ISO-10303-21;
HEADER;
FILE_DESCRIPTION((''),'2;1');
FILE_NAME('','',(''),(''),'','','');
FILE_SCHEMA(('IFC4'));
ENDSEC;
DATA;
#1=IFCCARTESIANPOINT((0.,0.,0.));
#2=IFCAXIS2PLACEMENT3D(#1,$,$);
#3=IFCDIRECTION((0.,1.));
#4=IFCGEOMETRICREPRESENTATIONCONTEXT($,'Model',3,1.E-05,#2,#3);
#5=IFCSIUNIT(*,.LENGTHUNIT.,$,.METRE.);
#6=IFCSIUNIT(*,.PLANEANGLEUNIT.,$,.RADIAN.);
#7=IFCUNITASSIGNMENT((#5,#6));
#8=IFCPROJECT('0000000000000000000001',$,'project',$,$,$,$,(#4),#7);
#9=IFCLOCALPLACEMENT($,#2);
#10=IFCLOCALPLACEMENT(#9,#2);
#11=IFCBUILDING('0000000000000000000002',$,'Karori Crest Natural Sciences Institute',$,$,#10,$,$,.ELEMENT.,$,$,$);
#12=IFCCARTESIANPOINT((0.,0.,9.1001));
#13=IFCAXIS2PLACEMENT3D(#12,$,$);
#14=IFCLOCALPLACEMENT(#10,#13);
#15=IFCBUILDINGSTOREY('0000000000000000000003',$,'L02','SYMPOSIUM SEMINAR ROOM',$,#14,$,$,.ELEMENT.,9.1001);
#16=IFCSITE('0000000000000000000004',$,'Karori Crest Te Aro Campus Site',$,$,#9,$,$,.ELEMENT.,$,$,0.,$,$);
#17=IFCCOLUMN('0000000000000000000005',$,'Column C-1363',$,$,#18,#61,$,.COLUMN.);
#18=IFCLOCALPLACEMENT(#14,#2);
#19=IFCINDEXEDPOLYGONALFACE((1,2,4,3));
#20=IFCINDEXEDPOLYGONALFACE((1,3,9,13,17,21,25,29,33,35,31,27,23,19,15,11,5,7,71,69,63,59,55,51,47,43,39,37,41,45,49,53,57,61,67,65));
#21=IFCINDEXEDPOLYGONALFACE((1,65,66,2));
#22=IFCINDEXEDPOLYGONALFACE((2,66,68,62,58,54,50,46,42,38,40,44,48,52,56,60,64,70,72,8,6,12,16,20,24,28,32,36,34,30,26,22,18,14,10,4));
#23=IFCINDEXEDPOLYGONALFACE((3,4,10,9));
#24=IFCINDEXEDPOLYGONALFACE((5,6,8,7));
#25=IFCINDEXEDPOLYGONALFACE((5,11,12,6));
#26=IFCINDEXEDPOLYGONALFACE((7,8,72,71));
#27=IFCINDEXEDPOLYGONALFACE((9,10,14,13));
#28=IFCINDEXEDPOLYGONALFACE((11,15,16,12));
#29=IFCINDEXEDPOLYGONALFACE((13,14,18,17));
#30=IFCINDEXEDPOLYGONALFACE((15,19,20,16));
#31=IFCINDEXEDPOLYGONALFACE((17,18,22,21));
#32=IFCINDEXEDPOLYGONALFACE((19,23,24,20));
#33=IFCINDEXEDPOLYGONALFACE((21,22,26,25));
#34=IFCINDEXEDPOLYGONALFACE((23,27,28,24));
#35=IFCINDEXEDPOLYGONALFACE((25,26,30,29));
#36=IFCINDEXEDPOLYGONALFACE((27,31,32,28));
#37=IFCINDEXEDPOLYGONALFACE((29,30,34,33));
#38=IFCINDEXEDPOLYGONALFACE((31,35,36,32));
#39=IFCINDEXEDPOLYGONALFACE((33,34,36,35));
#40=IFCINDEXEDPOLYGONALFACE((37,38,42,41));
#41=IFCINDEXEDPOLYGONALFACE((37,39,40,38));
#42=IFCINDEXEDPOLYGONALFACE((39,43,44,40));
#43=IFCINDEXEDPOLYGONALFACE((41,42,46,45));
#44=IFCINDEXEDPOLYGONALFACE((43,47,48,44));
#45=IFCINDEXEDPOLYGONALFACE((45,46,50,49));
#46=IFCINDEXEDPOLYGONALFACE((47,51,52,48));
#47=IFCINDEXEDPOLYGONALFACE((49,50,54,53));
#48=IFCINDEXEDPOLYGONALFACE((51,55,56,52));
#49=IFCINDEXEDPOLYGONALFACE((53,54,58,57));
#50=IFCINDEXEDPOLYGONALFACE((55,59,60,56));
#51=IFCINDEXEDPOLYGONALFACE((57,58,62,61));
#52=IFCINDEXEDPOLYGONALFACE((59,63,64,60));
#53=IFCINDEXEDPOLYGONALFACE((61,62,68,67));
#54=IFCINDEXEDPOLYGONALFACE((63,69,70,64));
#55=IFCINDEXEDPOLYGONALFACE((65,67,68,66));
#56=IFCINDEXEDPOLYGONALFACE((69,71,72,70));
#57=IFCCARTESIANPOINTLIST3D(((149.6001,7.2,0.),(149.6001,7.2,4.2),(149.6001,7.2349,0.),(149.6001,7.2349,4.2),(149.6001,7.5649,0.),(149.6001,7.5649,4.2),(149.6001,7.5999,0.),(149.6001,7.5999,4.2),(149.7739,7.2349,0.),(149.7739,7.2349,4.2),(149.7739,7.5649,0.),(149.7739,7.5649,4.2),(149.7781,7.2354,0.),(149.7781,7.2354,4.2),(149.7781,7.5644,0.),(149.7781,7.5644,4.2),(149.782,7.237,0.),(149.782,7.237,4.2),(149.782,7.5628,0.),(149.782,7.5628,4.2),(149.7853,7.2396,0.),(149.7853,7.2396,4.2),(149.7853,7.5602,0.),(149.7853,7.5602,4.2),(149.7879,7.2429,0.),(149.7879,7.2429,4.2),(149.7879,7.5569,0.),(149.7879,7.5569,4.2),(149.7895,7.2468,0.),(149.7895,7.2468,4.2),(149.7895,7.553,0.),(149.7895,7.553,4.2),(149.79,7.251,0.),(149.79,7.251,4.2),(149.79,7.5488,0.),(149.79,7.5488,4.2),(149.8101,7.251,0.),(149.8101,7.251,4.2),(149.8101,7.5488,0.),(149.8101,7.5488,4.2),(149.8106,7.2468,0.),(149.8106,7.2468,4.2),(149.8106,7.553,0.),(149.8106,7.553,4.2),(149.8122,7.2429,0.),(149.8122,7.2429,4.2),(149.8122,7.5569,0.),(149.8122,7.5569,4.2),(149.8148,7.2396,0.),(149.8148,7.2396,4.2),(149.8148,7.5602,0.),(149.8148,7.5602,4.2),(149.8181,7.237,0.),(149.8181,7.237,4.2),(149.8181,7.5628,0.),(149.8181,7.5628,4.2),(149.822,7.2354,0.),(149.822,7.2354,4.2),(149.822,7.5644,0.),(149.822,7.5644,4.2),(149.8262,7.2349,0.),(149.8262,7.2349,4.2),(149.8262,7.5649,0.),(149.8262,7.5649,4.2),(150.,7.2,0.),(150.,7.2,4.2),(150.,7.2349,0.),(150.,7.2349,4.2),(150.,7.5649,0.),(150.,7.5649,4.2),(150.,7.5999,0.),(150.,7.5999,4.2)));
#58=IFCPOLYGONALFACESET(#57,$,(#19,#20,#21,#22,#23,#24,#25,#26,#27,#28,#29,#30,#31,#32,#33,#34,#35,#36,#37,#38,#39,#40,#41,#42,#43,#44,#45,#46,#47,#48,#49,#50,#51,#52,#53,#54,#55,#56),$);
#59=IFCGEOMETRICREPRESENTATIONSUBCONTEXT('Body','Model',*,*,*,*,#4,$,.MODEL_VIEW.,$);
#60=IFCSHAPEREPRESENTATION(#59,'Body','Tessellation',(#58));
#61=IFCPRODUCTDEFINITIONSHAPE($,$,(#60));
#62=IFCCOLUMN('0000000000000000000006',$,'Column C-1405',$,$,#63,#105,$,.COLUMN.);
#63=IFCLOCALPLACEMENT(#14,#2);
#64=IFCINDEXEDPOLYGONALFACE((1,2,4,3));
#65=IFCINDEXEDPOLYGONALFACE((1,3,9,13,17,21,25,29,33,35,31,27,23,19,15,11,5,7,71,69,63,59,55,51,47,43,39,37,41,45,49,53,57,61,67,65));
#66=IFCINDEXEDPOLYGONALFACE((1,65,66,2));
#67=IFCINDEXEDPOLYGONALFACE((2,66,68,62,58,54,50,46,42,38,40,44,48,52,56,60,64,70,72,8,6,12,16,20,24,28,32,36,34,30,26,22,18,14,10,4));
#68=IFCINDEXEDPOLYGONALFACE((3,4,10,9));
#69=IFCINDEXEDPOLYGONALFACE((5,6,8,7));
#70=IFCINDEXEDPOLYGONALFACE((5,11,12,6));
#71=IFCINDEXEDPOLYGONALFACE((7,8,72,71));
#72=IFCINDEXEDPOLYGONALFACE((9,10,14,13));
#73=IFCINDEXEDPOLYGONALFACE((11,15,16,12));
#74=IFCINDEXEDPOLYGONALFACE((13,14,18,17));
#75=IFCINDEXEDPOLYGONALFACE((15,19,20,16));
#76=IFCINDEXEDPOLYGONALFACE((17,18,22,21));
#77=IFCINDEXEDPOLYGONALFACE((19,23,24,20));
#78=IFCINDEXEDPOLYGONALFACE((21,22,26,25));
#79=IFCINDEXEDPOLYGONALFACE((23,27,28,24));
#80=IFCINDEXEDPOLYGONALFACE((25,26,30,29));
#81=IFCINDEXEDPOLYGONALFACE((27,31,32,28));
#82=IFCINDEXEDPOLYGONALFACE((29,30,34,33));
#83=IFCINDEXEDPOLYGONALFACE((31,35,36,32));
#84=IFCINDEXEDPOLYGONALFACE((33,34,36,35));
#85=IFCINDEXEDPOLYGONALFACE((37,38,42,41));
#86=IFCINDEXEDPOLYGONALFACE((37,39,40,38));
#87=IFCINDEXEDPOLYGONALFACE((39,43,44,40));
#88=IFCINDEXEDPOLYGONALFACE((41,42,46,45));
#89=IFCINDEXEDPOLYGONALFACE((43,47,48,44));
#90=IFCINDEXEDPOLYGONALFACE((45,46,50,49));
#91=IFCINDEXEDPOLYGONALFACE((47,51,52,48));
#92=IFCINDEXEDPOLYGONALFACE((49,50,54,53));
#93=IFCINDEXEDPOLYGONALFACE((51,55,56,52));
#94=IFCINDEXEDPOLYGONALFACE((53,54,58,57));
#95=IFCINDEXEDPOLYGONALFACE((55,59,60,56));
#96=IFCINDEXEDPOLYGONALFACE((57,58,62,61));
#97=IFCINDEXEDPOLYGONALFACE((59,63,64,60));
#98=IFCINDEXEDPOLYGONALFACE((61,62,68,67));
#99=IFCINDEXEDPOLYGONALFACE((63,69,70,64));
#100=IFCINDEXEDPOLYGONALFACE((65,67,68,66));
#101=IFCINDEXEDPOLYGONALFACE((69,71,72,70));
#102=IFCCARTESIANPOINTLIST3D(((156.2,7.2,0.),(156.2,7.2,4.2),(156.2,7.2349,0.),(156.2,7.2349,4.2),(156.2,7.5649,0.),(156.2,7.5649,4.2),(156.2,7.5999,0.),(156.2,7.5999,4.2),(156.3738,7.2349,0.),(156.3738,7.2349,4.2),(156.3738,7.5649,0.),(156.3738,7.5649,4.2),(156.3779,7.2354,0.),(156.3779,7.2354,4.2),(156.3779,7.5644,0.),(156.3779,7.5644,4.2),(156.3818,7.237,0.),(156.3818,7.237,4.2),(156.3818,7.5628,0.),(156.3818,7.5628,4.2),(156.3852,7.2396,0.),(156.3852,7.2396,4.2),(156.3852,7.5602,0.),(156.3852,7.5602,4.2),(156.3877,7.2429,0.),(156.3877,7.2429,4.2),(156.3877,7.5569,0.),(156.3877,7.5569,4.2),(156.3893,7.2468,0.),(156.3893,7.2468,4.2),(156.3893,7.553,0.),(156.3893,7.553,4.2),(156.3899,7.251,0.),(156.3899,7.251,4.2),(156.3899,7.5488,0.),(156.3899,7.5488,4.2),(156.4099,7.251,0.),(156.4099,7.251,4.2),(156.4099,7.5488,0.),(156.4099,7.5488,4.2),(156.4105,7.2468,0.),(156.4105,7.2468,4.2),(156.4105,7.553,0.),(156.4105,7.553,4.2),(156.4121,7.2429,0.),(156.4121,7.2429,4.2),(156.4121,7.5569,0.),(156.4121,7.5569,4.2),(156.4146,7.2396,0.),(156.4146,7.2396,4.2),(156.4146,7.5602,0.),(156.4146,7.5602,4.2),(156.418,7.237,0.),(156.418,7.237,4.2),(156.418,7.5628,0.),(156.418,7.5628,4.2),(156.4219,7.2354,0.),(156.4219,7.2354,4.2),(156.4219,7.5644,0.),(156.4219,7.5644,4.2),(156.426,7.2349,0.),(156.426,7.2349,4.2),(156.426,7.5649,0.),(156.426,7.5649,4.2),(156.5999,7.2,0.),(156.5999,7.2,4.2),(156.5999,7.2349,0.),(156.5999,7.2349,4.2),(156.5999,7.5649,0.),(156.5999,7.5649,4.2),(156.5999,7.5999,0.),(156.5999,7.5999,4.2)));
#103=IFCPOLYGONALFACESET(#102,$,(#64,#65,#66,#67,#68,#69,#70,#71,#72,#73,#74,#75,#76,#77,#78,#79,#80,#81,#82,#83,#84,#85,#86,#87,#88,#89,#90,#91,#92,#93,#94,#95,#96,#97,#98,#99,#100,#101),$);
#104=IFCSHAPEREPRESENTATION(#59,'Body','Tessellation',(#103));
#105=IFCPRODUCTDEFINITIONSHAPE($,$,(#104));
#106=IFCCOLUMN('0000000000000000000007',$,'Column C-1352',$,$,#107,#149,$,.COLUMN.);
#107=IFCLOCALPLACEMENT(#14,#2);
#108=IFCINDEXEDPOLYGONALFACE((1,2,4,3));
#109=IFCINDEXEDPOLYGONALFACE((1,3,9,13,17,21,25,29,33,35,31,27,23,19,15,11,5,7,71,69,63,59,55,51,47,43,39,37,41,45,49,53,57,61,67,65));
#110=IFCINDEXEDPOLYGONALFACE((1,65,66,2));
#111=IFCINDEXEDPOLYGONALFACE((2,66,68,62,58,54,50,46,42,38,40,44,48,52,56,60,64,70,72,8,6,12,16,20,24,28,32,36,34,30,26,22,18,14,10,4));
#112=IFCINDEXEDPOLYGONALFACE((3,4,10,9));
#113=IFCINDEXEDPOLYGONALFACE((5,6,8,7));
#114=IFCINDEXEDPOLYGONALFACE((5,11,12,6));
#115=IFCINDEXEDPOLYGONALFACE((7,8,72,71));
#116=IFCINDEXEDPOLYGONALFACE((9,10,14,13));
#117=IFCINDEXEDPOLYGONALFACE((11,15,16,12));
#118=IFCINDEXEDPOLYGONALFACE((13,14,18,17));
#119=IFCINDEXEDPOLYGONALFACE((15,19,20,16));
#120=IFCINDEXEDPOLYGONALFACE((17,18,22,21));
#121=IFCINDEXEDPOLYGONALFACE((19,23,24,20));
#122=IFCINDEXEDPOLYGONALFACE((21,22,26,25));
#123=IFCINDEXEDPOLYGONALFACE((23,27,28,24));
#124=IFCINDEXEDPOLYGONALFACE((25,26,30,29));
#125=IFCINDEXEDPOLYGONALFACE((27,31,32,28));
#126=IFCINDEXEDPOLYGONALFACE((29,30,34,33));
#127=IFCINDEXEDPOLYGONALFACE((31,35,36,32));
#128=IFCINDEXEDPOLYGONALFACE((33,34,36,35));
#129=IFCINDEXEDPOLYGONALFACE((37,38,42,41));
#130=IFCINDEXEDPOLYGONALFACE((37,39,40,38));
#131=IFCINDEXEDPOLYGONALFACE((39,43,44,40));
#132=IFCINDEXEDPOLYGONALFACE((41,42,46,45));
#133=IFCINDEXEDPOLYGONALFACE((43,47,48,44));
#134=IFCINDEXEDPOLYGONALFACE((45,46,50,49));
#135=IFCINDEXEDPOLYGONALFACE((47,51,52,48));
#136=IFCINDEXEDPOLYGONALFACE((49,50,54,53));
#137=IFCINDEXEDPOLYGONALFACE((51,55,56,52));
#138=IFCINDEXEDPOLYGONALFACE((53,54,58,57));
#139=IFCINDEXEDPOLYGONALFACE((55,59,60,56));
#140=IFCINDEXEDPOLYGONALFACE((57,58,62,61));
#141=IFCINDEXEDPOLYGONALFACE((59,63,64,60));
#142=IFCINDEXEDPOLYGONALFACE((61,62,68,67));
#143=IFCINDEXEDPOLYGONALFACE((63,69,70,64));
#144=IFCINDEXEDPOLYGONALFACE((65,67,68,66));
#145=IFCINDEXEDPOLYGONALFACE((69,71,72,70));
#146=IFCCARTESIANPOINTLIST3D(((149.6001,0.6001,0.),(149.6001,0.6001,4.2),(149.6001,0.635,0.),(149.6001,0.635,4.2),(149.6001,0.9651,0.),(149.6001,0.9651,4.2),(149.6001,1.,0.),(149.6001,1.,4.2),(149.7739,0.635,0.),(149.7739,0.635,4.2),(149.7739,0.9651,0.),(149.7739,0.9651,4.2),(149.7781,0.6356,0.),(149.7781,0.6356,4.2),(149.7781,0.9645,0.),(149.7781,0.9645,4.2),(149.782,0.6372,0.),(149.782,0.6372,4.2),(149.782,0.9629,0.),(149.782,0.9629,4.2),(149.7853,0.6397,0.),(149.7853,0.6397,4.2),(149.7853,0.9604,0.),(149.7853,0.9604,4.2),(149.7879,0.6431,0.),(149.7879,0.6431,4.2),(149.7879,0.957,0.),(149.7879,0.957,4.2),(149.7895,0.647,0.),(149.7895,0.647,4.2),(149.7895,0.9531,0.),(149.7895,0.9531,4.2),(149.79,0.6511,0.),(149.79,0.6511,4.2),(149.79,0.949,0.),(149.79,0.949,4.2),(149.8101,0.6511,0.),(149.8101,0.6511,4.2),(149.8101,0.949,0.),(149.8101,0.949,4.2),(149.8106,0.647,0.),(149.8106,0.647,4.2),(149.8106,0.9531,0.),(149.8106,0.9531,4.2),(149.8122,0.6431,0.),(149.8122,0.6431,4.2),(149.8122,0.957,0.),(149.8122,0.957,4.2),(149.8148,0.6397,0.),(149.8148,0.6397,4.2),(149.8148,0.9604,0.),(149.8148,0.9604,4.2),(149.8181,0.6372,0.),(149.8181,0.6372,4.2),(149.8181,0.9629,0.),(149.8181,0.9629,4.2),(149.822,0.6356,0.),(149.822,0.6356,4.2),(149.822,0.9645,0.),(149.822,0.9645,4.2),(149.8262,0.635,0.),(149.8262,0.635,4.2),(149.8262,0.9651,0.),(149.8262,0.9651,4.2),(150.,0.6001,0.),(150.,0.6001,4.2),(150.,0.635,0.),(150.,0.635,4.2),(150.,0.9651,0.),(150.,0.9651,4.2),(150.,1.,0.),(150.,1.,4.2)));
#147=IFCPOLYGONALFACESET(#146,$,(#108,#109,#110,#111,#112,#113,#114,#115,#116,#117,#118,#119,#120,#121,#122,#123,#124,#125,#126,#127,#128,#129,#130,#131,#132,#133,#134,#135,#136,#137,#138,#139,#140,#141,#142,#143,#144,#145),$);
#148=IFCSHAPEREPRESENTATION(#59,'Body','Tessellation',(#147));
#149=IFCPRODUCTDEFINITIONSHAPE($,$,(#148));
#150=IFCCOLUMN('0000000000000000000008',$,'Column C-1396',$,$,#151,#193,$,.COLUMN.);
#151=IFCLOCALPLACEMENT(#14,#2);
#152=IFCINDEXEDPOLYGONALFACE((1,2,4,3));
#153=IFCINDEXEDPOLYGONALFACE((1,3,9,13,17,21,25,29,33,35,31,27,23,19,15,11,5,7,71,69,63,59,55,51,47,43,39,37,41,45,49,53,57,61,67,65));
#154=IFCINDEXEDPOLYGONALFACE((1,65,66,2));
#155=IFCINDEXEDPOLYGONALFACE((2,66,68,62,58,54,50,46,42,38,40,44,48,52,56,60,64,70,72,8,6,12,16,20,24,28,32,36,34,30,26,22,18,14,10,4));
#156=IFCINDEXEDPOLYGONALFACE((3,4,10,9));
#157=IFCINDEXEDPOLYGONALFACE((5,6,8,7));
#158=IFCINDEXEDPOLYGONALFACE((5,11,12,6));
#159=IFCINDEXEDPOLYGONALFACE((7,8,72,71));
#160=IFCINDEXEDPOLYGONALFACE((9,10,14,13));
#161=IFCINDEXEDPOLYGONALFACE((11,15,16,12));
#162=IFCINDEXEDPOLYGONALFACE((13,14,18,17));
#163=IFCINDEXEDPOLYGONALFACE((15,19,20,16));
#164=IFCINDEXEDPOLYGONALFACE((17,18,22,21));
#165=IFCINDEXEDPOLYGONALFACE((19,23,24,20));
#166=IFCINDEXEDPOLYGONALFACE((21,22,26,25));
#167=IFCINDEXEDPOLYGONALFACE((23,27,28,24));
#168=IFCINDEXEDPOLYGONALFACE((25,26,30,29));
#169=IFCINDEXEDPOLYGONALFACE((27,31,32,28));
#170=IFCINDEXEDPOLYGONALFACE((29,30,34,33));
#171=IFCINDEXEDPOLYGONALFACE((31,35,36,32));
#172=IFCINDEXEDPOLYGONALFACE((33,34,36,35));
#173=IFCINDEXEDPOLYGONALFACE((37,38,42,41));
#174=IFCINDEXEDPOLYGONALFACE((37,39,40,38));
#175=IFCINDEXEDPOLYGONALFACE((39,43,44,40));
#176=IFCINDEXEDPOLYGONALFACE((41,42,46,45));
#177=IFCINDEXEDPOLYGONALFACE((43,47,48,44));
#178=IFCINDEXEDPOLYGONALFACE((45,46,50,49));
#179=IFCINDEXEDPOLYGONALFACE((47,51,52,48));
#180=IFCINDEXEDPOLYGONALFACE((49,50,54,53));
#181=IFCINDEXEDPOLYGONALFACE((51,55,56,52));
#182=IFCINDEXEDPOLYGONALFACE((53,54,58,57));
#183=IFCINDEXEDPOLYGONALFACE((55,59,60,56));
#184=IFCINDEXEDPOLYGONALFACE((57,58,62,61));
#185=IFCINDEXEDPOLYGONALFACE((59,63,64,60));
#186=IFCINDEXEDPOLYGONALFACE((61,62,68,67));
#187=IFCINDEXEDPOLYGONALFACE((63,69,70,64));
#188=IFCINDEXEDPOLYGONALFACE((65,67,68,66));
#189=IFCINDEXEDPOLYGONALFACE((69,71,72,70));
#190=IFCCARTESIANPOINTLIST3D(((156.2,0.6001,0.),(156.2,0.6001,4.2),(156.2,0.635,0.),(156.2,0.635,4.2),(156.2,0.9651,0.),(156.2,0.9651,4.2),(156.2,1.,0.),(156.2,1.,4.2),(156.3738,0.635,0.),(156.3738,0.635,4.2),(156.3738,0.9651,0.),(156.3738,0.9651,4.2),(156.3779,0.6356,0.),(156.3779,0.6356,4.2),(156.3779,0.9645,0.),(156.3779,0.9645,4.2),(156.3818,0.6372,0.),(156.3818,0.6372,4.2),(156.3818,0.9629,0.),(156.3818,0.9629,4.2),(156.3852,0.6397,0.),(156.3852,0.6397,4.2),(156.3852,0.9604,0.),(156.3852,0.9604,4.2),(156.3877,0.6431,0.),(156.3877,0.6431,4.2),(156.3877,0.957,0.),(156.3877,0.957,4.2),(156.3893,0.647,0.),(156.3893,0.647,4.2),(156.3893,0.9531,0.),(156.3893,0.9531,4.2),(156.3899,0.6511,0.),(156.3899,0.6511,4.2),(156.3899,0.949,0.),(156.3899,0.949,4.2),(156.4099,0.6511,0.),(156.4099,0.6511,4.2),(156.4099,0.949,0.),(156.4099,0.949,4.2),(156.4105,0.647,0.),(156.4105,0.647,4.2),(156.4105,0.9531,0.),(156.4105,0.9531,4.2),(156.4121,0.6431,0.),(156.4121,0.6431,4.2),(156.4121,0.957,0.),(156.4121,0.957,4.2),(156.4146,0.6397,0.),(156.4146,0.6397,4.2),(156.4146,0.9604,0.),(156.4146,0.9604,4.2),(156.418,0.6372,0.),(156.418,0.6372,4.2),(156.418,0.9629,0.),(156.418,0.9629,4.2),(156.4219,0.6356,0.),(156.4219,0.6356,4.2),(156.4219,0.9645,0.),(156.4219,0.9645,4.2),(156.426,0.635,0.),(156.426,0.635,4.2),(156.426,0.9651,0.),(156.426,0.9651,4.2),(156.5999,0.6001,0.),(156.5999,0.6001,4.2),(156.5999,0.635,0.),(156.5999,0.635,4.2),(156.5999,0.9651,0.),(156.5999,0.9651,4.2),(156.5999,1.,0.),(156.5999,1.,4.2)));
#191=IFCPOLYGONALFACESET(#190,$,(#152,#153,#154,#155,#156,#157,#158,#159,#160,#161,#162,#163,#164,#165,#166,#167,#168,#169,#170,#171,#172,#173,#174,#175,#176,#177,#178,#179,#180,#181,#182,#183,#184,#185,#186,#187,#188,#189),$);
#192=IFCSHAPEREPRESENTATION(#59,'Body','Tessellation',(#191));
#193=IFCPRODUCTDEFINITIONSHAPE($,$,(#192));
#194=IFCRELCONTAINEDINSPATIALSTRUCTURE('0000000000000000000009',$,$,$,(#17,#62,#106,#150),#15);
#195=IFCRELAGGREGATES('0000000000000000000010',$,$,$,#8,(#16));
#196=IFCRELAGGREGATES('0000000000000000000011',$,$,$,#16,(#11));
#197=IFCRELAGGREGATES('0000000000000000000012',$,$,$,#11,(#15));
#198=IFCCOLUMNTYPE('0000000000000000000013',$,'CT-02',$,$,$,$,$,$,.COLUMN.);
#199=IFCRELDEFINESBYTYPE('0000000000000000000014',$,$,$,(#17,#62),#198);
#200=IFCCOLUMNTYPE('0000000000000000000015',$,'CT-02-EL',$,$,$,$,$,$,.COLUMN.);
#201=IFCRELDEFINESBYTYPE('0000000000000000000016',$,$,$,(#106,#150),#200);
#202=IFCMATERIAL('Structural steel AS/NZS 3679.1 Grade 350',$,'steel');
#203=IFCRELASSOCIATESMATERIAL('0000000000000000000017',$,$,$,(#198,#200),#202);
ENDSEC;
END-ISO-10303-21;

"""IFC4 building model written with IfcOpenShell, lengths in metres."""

from ifc_helpers import new_model, si_unit, direction, frame, origin, origin_2d, place, context, subcontext, project, spatial, i_section, extrude, material, material_profile, profile_set, type_object, element, save


model = new_model("IFC4")

# Units and contexts
model_context = context("Model", 3, precision=1e-05, world=origin(), true_north=direction((0.0, 1.0)))
body_context = subcontext(model_context, "Body", "Model", "MODEL_VIEW")
ifc_project = project(units=[si_unit("LENGTHUNIT", "METRE"), si_unit("PLANEANGLEUNIT", "RADIAN")], contexts=[model_context])

# Site, building, storey
site_placement = place(None, origin())
site = spatial("IfcSite", under=ifc_project, at=site_placement, Name="Karori Crest Te Aro Campus Site", CompositionType="ELEMENT", RefElevation=0.0)
building_placement = place(site_placement, origin())
building = spatial("IfcBuilding", under=site, at=building_placement, Name="Karori Crest Natural Sciences Institute", CompositionType="ELEMENT")
storey_placement = place(building_placement, frame((0.0, 0.0, 9.1001)))
storey = spatial("IfcBuildingStorey", under=building, at=storey_placement, Name="L02", Description="SYMPOSIUM SEMINAR ROOM", CompositionType="ELEMENT", Elevation=9.1001)

# Columns
ifc_material_1 = material(Name="Structural steel AS/NZS 3679.1 Grade 350", Category="steel")
ifc_material_profile_1 = material_profile(ifc_material_1, i_section(OverallWidth=0.3999, OverallDepth=0.3999, WebThickness=0.02, FlangeThickness=0.0349, FilletRadius=0.0161, at=origin_2d()), Name="400WC328")
ifc_profile_set_1 = profile_set([ifc_material_profile_1], Name="Structural steel AS/NZS 3679.1 Grade 350")
column_type_1 = type_object("IfcColumnType", Name="CT-02", PredefinedType="COLUMN", material=ifc_profile_set_1)
for number, where, z_axis, x_axis, name in (
    (1, (149.8, 7.3999, 0.0), (0.0, 0.0, 1.0), (1.0, 0.0, 0.0), "Column C-1363"),
    (2, (156.3999, 7.3999, 0.0), (0.0, 0.0, 1.0), (1.0, 0.0, 0.0), "Column C-1405"),
):
    element("IfcColumn", number, at=place(storey_placement, frame(where, z_axis=z_axis, x_axis=x_axis)), inside=storey, type_object=column_type_1, Name=name, PredefinedType="COLUMN", context=body_context, shape_type="SweptSolid", body=[
        extrude(i_section(OverallWidth=0.3999, OverallDepth=0.3999, WebThickness=0.02, FlangeThickness=0.0349, FilletRadius=0.0161, at=origin_2d()), origin(), (0.0, 0.0, 1.0), 4.2),
    ])
ifc_material_profile_2 = material_profile(ifc_material_1, i_section(OverallWidth=0.3999, OverallDepth=0.3999, WebThickness=0.02, FlangeThickness=0.0349, FilletRadius=0.0161, at=origin_2d()), Name="400WC328")
ifc_profile_set_2 = profile_set([ifc_material_profile_2], Name="Structural steel AS/NZS 3679.1 Grade 350")
column_type_2 = type_object("IfcColumnType", Name="CT-02-EL", PredefinedType="COLUMN", material=ifc_profile_set_2)
for number, where, z_axis, x_axis, name in (
    (3, (149.8, 0.8, 0.0), (0.0, 0.0, 1.0), (1.0, 0.0, 0.0), "Column C-1352"),
    (4, (156.3999, 0.8, 0.0), (0.0, 0.0, 1.0), (1.0, 0.0, 0.0), "Column C-1396"),
):
    element("IfcColumn", number, at=place(storey_placement, frame(where, z_axis=z_axis, x_axis=x_axis)), inside=storey, type_object=column_type_2, Name=name, PredefinedType="COLUMN", context=body_context, shape_type="SweptSolid", body=[
        extrude(i_section(OverallWidth=0.3999, OverallDepth=0.3999, WebThickness=0.02, FlangeThickness=0.0349, FilletRadius=0.0161, at=origin_2d()), origin(), (0.0, 0.0, 1.0), 4.2),
    ])

save(model, "model.ifc")
